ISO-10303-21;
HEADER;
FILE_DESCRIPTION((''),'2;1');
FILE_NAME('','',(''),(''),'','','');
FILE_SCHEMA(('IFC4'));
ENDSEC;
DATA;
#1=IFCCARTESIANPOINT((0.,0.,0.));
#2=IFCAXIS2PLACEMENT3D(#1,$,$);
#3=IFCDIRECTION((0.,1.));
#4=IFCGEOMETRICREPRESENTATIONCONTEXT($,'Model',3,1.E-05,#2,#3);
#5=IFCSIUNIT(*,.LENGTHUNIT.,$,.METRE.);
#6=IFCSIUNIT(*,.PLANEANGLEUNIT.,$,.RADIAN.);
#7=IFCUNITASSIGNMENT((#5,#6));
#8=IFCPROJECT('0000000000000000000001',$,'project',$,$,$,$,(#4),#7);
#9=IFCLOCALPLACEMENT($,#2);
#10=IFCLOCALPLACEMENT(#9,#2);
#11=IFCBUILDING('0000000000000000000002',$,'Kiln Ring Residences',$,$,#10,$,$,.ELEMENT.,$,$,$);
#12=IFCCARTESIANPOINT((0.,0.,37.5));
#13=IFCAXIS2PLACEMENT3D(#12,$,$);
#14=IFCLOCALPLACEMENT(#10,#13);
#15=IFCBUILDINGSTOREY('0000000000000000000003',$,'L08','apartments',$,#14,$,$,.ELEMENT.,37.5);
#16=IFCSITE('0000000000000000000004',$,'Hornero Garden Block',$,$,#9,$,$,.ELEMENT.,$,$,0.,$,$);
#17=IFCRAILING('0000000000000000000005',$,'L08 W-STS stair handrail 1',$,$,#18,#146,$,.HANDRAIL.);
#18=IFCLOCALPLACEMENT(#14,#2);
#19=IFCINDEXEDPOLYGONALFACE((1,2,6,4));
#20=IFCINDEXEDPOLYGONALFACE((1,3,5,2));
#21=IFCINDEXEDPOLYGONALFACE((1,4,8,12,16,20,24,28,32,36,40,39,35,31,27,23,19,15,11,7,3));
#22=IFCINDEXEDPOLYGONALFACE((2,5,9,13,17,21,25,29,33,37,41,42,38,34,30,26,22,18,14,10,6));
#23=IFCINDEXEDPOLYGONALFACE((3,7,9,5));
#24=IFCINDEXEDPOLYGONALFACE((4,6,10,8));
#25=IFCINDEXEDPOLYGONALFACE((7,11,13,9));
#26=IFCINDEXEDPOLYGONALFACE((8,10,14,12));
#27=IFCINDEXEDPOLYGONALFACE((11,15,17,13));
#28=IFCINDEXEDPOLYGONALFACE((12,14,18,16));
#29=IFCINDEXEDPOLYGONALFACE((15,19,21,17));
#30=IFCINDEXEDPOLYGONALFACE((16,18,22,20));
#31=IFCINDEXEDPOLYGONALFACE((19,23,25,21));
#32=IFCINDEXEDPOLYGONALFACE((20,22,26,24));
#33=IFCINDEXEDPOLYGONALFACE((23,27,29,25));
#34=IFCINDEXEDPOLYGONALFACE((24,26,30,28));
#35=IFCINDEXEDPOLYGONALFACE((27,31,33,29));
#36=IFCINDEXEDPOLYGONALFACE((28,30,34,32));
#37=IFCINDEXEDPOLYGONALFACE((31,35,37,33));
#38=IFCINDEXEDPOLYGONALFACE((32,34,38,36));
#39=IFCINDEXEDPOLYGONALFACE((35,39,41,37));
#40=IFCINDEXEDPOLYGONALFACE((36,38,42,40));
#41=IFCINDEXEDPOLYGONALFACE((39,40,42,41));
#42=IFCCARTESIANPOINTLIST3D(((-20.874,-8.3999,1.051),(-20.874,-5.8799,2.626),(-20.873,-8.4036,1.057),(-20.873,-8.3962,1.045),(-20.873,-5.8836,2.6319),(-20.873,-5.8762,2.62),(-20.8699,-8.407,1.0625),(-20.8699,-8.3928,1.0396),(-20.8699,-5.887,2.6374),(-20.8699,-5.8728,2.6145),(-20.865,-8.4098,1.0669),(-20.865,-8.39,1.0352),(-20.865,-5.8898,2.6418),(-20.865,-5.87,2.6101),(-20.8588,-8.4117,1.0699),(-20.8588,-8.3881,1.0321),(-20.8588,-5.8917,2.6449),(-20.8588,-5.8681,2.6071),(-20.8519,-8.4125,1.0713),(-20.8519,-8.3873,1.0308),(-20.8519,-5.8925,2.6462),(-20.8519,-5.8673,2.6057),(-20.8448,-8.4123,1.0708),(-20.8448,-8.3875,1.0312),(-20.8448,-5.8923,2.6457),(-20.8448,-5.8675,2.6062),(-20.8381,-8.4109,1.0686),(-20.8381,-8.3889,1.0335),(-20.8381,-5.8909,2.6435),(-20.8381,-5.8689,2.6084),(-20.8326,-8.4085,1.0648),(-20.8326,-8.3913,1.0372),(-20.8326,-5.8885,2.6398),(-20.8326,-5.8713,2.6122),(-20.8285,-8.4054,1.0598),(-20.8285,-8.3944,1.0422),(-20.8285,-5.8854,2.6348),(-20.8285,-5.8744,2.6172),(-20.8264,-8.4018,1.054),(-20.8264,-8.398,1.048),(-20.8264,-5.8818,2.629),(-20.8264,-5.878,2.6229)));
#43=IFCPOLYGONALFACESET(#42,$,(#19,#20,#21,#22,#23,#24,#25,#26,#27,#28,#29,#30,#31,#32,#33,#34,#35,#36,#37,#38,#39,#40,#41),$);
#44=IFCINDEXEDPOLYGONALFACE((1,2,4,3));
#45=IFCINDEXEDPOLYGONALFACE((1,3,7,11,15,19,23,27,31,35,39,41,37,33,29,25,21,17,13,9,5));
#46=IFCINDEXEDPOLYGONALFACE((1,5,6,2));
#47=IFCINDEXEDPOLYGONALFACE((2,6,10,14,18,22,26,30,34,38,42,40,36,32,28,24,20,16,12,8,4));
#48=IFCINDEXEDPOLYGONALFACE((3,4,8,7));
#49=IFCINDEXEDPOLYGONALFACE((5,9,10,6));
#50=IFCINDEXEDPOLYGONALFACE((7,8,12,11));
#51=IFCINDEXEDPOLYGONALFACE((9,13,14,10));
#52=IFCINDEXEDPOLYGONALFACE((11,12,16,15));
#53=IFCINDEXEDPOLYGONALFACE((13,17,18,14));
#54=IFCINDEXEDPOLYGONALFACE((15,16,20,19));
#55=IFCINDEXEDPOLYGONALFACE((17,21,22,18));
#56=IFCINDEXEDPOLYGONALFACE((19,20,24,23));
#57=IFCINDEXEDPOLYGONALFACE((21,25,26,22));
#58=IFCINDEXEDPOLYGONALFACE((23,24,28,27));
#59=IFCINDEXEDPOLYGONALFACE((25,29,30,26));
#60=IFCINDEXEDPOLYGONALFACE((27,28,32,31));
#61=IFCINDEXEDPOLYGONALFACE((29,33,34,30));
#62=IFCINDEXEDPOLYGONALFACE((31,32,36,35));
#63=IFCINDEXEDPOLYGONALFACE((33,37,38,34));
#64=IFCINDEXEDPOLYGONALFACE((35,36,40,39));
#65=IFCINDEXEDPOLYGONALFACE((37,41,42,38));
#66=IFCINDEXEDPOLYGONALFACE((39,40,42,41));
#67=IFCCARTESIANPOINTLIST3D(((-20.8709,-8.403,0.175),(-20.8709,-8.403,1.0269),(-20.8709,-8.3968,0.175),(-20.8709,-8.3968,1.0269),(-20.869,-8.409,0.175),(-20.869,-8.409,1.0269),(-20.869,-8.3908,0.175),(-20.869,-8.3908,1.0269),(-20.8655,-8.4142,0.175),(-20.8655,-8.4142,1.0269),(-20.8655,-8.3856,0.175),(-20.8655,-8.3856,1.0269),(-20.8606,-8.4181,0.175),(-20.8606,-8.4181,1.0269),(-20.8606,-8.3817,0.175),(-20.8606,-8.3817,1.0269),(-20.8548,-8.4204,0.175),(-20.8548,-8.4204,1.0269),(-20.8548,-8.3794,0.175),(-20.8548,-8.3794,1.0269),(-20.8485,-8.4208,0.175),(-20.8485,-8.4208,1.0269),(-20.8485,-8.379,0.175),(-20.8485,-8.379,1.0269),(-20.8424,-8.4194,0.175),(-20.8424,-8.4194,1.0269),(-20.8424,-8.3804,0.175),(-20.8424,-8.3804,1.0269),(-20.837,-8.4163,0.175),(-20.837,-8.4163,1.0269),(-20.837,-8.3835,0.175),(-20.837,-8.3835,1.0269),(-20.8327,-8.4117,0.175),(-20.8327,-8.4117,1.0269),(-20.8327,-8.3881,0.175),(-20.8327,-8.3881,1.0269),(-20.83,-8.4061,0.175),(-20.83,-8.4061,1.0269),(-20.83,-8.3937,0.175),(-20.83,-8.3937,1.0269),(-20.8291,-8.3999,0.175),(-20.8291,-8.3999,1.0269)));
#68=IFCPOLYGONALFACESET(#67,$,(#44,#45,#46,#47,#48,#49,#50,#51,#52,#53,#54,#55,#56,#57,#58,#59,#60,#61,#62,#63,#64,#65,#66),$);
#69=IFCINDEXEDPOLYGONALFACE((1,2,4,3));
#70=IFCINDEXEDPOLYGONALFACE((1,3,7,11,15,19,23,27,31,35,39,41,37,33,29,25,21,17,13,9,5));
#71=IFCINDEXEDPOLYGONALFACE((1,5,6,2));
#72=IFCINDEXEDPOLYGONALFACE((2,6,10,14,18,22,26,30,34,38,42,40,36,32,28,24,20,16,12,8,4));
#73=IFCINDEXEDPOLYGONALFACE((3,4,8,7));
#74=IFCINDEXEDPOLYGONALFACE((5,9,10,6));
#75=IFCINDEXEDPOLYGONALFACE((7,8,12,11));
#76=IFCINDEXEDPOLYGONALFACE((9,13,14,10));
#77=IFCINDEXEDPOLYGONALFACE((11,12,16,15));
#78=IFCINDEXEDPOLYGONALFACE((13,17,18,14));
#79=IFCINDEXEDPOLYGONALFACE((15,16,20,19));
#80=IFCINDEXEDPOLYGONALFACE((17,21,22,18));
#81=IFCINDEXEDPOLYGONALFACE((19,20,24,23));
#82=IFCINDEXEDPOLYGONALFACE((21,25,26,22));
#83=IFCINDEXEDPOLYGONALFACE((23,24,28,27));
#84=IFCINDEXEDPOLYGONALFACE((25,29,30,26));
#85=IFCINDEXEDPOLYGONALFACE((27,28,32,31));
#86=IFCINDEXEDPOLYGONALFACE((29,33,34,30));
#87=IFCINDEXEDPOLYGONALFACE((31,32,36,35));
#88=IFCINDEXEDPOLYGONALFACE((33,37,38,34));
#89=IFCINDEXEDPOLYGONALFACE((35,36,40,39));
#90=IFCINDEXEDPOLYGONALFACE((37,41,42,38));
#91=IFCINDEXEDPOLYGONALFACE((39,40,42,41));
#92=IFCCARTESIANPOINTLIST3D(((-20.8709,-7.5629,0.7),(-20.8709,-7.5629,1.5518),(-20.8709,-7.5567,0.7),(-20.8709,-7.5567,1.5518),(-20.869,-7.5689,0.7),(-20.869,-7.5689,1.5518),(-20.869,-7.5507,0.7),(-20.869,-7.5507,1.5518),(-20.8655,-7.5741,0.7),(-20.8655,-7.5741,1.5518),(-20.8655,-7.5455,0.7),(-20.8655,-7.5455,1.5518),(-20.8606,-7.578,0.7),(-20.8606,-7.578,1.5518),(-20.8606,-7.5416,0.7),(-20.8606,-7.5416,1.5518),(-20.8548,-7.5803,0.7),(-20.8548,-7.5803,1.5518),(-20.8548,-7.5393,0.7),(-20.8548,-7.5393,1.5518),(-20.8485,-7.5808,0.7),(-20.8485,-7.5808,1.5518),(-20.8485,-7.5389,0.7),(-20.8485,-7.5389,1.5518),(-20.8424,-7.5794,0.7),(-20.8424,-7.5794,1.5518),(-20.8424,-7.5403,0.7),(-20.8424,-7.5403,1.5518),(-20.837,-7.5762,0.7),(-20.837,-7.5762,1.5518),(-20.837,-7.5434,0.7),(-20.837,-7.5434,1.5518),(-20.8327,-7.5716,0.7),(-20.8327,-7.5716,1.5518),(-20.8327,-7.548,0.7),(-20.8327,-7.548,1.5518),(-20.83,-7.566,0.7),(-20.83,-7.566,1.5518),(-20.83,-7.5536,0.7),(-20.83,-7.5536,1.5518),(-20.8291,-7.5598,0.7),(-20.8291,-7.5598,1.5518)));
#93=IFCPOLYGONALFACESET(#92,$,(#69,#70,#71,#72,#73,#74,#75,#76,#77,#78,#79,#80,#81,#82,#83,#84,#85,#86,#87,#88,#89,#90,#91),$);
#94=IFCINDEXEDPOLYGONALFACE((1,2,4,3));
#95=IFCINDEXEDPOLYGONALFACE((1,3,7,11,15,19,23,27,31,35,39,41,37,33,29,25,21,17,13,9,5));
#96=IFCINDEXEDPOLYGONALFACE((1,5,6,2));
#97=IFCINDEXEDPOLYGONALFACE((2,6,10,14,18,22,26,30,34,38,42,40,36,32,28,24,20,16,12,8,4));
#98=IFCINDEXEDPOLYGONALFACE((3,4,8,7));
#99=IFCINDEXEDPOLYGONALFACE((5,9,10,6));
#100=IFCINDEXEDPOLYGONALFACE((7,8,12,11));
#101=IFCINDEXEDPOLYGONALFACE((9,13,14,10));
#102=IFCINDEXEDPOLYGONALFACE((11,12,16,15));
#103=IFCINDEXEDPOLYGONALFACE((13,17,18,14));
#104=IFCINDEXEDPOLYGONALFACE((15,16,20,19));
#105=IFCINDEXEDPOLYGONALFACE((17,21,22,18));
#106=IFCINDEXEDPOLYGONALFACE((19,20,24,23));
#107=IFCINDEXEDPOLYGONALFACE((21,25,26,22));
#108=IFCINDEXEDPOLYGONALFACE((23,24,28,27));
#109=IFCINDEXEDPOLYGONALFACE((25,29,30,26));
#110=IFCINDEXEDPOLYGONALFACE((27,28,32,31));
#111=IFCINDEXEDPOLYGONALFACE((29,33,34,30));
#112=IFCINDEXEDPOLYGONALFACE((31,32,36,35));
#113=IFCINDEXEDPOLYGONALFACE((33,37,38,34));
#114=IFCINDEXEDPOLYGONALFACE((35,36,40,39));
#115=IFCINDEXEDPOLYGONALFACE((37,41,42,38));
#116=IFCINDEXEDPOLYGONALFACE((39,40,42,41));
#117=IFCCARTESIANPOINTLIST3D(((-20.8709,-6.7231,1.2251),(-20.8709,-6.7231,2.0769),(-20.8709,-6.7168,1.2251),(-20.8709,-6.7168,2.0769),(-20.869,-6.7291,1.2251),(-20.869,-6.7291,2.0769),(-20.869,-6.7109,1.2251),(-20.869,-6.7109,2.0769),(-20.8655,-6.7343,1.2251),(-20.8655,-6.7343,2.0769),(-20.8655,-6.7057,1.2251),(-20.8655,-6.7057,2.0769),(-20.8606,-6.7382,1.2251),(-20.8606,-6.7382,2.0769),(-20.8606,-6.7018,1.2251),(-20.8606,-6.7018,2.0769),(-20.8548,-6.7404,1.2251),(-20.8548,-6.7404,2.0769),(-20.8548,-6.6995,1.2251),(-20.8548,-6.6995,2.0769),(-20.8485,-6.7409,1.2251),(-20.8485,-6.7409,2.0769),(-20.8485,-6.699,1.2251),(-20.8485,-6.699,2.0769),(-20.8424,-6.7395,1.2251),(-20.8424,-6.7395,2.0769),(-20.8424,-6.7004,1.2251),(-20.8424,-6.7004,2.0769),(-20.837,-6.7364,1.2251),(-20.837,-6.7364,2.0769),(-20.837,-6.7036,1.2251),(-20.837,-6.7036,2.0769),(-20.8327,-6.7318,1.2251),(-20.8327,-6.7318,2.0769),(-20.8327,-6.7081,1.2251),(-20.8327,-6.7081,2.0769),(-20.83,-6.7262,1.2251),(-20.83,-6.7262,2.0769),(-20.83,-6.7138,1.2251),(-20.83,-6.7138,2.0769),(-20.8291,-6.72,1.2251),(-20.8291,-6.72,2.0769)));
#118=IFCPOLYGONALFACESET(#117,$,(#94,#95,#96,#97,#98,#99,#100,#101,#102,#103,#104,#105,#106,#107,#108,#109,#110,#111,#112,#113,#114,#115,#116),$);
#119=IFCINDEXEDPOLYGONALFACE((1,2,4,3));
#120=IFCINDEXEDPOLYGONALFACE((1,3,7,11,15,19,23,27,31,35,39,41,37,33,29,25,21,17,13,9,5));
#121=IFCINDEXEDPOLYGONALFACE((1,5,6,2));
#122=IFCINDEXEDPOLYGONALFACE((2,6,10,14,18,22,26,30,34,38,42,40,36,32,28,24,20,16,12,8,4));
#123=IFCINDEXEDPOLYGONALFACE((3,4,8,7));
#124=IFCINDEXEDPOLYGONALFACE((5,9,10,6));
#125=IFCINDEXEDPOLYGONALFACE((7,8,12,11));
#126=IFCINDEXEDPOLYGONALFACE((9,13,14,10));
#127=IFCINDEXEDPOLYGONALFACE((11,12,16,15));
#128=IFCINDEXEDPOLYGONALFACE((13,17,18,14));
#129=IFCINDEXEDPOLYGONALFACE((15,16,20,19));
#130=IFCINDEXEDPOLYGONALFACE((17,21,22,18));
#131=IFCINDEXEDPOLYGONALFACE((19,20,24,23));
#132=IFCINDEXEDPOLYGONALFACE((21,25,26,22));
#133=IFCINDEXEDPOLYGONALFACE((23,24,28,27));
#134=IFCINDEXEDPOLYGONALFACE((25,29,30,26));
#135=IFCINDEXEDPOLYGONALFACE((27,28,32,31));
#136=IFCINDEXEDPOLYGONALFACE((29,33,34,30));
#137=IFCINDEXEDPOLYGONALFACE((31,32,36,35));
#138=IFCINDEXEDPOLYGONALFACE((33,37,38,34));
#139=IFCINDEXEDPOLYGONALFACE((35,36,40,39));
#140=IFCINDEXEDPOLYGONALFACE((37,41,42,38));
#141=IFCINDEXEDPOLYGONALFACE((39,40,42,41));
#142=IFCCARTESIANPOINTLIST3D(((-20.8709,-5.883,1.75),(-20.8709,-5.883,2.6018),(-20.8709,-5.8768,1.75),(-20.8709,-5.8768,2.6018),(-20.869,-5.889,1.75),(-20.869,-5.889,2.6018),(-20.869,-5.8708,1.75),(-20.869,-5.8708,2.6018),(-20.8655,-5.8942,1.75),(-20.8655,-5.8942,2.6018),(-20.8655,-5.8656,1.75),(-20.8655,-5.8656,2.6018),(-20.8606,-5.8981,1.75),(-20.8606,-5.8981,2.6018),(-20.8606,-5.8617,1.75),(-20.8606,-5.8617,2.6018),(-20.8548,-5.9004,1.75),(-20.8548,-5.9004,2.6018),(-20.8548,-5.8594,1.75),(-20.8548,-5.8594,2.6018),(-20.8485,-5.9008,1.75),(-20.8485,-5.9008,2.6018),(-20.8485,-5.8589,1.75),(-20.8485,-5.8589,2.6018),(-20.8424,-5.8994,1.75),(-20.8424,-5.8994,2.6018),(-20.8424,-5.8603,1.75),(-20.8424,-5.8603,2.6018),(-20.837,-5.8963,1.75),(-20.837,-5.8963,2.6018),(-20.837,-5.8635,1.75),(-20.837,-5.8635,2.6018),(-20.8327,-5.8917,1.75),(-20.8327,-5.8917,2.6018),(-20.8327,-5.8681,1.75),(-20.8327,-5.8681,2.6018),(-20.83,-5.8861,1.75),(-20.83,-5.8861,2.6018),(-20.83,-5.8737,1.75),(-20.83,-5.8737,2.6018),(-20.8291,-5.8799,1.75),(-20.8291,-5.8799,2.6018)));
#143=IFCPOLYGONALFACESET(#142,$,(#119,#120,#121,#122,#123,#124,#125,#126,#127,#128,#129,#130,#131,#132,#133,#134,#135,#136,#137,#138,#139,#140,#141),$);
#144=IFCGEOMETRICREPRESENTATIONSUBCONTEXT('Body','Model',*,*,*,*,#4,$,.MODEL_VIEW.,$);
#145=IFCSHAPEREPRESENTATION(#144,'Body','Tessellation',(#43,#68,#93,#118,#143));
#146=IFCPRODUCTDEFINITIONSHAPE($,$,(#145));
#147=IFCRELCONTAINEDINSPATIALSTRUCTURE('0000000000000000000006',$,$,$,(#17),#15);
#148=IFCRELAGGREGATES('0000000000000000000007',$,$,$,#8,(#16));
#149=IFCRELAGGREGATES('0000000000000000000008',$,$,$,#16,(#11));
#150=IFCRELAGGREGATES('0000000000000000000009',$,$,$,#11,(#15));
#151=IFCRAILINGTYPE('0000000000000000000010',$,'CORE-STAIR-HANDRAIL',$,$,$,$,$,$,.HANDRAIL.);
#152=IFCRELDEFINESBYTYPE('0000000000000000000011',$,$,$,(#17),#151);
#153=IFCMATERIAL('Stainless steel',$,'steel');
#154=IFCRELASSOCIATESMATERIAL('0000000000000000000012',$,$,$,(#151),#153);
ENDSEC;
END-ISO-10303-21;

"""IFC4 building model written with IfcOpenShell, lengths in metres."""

from ifc_helpers import new_model, si_unit, direction, frame, origin, origin_2d, place, context, subcontext, project, spatial, circle, extrude, material, type_object, element, save


model = new_model("IFC4")

# Units and contexts
model_context = context("Model", 3, precision=1e-05, world=origin(), true_north=direction((0.0, 1.0)))
body_context = subcontext(model_context, "Body", "Model", "MODEL_VIEW")
ifc_project = project(units=[si_unit("LENGTHUNIT", "METRE"), si_unit("PLANEANGLEUNIT", "RADIAN")], contexts=[model_context])

# Site, building, storey
site_placement = place(None, origin())
site = spatial("IfcSite", under=ifc_project, at=site_placement, Name="Hornero Garden Block", CompositionType="ELEMENT", RefElevation=0.0)
building_placement = place(site_placement, origin())
building = spatial("IfcBuilding", under=site, at=building_placement, Name="Kiln Ring Residences", CompositionType="ELEMENT")
storey_placement = place(building_placement, frame((0.0, 0.0, 37.5)))
storey = spatial("IfcBuildingStorey", under=building, at=storey_placement, Name="L08", Description="apartments", CompositionType="ELEMENT", Elevation=37.5)

# Railing
ifc_material_1 = material(Name="Stainless steel", Category="steel")
railing_type_1 = type_object("IfcRailingType", Name="CORE-STAIR-HANDRAIL", PredefinedType="HANDRAIL", material=ifc_material_1)
railing_1_placement = place(storey_placement, frame((-20.8501, -8.3999, 0.175)))
element("IfcRailing", 1, at=railing_1_placement, inside=storey, type_object=railing_type_1, Name="L08 W-STS stair handrail 1", PredefinedType="HANDRAIL", context=body_context, shape_type="SweptSolid", body=[
    extrude(circle(Radius=0.0239, at=origin_2d()), frame((0.0, 0.0, 0.876), z_axis=(0.0, 0.848008, 0.529984), x_axis=(-1.0, 0.0, 0.0)), (0.0, 0.0, 1.0), 2.9717),
    extrude(circle(Radius=0.021, at=origin_2d()), origin(), (0.0, 0.0, 1.0), 0.8518),
    extrude(circle(Radius=0.021, at=origin_2d()), frame((0.0, 0.8401, 0.5249)), (0.0, 0.0, 1.0), 0.8518),
    extrude(circle(Radius=0.021, at=origin_2d()), frame((0.0, 1.6799, 1.05)), (0.0, 0.0, 1.0), 0.8518),
    extrude(circle(Radius=0.021, at=origin_2d()), frame((0.0, 2.52, 1.575)), (0.0, 0.0, 1.0), 0.8518),
])

save(model, "model.ifc")
